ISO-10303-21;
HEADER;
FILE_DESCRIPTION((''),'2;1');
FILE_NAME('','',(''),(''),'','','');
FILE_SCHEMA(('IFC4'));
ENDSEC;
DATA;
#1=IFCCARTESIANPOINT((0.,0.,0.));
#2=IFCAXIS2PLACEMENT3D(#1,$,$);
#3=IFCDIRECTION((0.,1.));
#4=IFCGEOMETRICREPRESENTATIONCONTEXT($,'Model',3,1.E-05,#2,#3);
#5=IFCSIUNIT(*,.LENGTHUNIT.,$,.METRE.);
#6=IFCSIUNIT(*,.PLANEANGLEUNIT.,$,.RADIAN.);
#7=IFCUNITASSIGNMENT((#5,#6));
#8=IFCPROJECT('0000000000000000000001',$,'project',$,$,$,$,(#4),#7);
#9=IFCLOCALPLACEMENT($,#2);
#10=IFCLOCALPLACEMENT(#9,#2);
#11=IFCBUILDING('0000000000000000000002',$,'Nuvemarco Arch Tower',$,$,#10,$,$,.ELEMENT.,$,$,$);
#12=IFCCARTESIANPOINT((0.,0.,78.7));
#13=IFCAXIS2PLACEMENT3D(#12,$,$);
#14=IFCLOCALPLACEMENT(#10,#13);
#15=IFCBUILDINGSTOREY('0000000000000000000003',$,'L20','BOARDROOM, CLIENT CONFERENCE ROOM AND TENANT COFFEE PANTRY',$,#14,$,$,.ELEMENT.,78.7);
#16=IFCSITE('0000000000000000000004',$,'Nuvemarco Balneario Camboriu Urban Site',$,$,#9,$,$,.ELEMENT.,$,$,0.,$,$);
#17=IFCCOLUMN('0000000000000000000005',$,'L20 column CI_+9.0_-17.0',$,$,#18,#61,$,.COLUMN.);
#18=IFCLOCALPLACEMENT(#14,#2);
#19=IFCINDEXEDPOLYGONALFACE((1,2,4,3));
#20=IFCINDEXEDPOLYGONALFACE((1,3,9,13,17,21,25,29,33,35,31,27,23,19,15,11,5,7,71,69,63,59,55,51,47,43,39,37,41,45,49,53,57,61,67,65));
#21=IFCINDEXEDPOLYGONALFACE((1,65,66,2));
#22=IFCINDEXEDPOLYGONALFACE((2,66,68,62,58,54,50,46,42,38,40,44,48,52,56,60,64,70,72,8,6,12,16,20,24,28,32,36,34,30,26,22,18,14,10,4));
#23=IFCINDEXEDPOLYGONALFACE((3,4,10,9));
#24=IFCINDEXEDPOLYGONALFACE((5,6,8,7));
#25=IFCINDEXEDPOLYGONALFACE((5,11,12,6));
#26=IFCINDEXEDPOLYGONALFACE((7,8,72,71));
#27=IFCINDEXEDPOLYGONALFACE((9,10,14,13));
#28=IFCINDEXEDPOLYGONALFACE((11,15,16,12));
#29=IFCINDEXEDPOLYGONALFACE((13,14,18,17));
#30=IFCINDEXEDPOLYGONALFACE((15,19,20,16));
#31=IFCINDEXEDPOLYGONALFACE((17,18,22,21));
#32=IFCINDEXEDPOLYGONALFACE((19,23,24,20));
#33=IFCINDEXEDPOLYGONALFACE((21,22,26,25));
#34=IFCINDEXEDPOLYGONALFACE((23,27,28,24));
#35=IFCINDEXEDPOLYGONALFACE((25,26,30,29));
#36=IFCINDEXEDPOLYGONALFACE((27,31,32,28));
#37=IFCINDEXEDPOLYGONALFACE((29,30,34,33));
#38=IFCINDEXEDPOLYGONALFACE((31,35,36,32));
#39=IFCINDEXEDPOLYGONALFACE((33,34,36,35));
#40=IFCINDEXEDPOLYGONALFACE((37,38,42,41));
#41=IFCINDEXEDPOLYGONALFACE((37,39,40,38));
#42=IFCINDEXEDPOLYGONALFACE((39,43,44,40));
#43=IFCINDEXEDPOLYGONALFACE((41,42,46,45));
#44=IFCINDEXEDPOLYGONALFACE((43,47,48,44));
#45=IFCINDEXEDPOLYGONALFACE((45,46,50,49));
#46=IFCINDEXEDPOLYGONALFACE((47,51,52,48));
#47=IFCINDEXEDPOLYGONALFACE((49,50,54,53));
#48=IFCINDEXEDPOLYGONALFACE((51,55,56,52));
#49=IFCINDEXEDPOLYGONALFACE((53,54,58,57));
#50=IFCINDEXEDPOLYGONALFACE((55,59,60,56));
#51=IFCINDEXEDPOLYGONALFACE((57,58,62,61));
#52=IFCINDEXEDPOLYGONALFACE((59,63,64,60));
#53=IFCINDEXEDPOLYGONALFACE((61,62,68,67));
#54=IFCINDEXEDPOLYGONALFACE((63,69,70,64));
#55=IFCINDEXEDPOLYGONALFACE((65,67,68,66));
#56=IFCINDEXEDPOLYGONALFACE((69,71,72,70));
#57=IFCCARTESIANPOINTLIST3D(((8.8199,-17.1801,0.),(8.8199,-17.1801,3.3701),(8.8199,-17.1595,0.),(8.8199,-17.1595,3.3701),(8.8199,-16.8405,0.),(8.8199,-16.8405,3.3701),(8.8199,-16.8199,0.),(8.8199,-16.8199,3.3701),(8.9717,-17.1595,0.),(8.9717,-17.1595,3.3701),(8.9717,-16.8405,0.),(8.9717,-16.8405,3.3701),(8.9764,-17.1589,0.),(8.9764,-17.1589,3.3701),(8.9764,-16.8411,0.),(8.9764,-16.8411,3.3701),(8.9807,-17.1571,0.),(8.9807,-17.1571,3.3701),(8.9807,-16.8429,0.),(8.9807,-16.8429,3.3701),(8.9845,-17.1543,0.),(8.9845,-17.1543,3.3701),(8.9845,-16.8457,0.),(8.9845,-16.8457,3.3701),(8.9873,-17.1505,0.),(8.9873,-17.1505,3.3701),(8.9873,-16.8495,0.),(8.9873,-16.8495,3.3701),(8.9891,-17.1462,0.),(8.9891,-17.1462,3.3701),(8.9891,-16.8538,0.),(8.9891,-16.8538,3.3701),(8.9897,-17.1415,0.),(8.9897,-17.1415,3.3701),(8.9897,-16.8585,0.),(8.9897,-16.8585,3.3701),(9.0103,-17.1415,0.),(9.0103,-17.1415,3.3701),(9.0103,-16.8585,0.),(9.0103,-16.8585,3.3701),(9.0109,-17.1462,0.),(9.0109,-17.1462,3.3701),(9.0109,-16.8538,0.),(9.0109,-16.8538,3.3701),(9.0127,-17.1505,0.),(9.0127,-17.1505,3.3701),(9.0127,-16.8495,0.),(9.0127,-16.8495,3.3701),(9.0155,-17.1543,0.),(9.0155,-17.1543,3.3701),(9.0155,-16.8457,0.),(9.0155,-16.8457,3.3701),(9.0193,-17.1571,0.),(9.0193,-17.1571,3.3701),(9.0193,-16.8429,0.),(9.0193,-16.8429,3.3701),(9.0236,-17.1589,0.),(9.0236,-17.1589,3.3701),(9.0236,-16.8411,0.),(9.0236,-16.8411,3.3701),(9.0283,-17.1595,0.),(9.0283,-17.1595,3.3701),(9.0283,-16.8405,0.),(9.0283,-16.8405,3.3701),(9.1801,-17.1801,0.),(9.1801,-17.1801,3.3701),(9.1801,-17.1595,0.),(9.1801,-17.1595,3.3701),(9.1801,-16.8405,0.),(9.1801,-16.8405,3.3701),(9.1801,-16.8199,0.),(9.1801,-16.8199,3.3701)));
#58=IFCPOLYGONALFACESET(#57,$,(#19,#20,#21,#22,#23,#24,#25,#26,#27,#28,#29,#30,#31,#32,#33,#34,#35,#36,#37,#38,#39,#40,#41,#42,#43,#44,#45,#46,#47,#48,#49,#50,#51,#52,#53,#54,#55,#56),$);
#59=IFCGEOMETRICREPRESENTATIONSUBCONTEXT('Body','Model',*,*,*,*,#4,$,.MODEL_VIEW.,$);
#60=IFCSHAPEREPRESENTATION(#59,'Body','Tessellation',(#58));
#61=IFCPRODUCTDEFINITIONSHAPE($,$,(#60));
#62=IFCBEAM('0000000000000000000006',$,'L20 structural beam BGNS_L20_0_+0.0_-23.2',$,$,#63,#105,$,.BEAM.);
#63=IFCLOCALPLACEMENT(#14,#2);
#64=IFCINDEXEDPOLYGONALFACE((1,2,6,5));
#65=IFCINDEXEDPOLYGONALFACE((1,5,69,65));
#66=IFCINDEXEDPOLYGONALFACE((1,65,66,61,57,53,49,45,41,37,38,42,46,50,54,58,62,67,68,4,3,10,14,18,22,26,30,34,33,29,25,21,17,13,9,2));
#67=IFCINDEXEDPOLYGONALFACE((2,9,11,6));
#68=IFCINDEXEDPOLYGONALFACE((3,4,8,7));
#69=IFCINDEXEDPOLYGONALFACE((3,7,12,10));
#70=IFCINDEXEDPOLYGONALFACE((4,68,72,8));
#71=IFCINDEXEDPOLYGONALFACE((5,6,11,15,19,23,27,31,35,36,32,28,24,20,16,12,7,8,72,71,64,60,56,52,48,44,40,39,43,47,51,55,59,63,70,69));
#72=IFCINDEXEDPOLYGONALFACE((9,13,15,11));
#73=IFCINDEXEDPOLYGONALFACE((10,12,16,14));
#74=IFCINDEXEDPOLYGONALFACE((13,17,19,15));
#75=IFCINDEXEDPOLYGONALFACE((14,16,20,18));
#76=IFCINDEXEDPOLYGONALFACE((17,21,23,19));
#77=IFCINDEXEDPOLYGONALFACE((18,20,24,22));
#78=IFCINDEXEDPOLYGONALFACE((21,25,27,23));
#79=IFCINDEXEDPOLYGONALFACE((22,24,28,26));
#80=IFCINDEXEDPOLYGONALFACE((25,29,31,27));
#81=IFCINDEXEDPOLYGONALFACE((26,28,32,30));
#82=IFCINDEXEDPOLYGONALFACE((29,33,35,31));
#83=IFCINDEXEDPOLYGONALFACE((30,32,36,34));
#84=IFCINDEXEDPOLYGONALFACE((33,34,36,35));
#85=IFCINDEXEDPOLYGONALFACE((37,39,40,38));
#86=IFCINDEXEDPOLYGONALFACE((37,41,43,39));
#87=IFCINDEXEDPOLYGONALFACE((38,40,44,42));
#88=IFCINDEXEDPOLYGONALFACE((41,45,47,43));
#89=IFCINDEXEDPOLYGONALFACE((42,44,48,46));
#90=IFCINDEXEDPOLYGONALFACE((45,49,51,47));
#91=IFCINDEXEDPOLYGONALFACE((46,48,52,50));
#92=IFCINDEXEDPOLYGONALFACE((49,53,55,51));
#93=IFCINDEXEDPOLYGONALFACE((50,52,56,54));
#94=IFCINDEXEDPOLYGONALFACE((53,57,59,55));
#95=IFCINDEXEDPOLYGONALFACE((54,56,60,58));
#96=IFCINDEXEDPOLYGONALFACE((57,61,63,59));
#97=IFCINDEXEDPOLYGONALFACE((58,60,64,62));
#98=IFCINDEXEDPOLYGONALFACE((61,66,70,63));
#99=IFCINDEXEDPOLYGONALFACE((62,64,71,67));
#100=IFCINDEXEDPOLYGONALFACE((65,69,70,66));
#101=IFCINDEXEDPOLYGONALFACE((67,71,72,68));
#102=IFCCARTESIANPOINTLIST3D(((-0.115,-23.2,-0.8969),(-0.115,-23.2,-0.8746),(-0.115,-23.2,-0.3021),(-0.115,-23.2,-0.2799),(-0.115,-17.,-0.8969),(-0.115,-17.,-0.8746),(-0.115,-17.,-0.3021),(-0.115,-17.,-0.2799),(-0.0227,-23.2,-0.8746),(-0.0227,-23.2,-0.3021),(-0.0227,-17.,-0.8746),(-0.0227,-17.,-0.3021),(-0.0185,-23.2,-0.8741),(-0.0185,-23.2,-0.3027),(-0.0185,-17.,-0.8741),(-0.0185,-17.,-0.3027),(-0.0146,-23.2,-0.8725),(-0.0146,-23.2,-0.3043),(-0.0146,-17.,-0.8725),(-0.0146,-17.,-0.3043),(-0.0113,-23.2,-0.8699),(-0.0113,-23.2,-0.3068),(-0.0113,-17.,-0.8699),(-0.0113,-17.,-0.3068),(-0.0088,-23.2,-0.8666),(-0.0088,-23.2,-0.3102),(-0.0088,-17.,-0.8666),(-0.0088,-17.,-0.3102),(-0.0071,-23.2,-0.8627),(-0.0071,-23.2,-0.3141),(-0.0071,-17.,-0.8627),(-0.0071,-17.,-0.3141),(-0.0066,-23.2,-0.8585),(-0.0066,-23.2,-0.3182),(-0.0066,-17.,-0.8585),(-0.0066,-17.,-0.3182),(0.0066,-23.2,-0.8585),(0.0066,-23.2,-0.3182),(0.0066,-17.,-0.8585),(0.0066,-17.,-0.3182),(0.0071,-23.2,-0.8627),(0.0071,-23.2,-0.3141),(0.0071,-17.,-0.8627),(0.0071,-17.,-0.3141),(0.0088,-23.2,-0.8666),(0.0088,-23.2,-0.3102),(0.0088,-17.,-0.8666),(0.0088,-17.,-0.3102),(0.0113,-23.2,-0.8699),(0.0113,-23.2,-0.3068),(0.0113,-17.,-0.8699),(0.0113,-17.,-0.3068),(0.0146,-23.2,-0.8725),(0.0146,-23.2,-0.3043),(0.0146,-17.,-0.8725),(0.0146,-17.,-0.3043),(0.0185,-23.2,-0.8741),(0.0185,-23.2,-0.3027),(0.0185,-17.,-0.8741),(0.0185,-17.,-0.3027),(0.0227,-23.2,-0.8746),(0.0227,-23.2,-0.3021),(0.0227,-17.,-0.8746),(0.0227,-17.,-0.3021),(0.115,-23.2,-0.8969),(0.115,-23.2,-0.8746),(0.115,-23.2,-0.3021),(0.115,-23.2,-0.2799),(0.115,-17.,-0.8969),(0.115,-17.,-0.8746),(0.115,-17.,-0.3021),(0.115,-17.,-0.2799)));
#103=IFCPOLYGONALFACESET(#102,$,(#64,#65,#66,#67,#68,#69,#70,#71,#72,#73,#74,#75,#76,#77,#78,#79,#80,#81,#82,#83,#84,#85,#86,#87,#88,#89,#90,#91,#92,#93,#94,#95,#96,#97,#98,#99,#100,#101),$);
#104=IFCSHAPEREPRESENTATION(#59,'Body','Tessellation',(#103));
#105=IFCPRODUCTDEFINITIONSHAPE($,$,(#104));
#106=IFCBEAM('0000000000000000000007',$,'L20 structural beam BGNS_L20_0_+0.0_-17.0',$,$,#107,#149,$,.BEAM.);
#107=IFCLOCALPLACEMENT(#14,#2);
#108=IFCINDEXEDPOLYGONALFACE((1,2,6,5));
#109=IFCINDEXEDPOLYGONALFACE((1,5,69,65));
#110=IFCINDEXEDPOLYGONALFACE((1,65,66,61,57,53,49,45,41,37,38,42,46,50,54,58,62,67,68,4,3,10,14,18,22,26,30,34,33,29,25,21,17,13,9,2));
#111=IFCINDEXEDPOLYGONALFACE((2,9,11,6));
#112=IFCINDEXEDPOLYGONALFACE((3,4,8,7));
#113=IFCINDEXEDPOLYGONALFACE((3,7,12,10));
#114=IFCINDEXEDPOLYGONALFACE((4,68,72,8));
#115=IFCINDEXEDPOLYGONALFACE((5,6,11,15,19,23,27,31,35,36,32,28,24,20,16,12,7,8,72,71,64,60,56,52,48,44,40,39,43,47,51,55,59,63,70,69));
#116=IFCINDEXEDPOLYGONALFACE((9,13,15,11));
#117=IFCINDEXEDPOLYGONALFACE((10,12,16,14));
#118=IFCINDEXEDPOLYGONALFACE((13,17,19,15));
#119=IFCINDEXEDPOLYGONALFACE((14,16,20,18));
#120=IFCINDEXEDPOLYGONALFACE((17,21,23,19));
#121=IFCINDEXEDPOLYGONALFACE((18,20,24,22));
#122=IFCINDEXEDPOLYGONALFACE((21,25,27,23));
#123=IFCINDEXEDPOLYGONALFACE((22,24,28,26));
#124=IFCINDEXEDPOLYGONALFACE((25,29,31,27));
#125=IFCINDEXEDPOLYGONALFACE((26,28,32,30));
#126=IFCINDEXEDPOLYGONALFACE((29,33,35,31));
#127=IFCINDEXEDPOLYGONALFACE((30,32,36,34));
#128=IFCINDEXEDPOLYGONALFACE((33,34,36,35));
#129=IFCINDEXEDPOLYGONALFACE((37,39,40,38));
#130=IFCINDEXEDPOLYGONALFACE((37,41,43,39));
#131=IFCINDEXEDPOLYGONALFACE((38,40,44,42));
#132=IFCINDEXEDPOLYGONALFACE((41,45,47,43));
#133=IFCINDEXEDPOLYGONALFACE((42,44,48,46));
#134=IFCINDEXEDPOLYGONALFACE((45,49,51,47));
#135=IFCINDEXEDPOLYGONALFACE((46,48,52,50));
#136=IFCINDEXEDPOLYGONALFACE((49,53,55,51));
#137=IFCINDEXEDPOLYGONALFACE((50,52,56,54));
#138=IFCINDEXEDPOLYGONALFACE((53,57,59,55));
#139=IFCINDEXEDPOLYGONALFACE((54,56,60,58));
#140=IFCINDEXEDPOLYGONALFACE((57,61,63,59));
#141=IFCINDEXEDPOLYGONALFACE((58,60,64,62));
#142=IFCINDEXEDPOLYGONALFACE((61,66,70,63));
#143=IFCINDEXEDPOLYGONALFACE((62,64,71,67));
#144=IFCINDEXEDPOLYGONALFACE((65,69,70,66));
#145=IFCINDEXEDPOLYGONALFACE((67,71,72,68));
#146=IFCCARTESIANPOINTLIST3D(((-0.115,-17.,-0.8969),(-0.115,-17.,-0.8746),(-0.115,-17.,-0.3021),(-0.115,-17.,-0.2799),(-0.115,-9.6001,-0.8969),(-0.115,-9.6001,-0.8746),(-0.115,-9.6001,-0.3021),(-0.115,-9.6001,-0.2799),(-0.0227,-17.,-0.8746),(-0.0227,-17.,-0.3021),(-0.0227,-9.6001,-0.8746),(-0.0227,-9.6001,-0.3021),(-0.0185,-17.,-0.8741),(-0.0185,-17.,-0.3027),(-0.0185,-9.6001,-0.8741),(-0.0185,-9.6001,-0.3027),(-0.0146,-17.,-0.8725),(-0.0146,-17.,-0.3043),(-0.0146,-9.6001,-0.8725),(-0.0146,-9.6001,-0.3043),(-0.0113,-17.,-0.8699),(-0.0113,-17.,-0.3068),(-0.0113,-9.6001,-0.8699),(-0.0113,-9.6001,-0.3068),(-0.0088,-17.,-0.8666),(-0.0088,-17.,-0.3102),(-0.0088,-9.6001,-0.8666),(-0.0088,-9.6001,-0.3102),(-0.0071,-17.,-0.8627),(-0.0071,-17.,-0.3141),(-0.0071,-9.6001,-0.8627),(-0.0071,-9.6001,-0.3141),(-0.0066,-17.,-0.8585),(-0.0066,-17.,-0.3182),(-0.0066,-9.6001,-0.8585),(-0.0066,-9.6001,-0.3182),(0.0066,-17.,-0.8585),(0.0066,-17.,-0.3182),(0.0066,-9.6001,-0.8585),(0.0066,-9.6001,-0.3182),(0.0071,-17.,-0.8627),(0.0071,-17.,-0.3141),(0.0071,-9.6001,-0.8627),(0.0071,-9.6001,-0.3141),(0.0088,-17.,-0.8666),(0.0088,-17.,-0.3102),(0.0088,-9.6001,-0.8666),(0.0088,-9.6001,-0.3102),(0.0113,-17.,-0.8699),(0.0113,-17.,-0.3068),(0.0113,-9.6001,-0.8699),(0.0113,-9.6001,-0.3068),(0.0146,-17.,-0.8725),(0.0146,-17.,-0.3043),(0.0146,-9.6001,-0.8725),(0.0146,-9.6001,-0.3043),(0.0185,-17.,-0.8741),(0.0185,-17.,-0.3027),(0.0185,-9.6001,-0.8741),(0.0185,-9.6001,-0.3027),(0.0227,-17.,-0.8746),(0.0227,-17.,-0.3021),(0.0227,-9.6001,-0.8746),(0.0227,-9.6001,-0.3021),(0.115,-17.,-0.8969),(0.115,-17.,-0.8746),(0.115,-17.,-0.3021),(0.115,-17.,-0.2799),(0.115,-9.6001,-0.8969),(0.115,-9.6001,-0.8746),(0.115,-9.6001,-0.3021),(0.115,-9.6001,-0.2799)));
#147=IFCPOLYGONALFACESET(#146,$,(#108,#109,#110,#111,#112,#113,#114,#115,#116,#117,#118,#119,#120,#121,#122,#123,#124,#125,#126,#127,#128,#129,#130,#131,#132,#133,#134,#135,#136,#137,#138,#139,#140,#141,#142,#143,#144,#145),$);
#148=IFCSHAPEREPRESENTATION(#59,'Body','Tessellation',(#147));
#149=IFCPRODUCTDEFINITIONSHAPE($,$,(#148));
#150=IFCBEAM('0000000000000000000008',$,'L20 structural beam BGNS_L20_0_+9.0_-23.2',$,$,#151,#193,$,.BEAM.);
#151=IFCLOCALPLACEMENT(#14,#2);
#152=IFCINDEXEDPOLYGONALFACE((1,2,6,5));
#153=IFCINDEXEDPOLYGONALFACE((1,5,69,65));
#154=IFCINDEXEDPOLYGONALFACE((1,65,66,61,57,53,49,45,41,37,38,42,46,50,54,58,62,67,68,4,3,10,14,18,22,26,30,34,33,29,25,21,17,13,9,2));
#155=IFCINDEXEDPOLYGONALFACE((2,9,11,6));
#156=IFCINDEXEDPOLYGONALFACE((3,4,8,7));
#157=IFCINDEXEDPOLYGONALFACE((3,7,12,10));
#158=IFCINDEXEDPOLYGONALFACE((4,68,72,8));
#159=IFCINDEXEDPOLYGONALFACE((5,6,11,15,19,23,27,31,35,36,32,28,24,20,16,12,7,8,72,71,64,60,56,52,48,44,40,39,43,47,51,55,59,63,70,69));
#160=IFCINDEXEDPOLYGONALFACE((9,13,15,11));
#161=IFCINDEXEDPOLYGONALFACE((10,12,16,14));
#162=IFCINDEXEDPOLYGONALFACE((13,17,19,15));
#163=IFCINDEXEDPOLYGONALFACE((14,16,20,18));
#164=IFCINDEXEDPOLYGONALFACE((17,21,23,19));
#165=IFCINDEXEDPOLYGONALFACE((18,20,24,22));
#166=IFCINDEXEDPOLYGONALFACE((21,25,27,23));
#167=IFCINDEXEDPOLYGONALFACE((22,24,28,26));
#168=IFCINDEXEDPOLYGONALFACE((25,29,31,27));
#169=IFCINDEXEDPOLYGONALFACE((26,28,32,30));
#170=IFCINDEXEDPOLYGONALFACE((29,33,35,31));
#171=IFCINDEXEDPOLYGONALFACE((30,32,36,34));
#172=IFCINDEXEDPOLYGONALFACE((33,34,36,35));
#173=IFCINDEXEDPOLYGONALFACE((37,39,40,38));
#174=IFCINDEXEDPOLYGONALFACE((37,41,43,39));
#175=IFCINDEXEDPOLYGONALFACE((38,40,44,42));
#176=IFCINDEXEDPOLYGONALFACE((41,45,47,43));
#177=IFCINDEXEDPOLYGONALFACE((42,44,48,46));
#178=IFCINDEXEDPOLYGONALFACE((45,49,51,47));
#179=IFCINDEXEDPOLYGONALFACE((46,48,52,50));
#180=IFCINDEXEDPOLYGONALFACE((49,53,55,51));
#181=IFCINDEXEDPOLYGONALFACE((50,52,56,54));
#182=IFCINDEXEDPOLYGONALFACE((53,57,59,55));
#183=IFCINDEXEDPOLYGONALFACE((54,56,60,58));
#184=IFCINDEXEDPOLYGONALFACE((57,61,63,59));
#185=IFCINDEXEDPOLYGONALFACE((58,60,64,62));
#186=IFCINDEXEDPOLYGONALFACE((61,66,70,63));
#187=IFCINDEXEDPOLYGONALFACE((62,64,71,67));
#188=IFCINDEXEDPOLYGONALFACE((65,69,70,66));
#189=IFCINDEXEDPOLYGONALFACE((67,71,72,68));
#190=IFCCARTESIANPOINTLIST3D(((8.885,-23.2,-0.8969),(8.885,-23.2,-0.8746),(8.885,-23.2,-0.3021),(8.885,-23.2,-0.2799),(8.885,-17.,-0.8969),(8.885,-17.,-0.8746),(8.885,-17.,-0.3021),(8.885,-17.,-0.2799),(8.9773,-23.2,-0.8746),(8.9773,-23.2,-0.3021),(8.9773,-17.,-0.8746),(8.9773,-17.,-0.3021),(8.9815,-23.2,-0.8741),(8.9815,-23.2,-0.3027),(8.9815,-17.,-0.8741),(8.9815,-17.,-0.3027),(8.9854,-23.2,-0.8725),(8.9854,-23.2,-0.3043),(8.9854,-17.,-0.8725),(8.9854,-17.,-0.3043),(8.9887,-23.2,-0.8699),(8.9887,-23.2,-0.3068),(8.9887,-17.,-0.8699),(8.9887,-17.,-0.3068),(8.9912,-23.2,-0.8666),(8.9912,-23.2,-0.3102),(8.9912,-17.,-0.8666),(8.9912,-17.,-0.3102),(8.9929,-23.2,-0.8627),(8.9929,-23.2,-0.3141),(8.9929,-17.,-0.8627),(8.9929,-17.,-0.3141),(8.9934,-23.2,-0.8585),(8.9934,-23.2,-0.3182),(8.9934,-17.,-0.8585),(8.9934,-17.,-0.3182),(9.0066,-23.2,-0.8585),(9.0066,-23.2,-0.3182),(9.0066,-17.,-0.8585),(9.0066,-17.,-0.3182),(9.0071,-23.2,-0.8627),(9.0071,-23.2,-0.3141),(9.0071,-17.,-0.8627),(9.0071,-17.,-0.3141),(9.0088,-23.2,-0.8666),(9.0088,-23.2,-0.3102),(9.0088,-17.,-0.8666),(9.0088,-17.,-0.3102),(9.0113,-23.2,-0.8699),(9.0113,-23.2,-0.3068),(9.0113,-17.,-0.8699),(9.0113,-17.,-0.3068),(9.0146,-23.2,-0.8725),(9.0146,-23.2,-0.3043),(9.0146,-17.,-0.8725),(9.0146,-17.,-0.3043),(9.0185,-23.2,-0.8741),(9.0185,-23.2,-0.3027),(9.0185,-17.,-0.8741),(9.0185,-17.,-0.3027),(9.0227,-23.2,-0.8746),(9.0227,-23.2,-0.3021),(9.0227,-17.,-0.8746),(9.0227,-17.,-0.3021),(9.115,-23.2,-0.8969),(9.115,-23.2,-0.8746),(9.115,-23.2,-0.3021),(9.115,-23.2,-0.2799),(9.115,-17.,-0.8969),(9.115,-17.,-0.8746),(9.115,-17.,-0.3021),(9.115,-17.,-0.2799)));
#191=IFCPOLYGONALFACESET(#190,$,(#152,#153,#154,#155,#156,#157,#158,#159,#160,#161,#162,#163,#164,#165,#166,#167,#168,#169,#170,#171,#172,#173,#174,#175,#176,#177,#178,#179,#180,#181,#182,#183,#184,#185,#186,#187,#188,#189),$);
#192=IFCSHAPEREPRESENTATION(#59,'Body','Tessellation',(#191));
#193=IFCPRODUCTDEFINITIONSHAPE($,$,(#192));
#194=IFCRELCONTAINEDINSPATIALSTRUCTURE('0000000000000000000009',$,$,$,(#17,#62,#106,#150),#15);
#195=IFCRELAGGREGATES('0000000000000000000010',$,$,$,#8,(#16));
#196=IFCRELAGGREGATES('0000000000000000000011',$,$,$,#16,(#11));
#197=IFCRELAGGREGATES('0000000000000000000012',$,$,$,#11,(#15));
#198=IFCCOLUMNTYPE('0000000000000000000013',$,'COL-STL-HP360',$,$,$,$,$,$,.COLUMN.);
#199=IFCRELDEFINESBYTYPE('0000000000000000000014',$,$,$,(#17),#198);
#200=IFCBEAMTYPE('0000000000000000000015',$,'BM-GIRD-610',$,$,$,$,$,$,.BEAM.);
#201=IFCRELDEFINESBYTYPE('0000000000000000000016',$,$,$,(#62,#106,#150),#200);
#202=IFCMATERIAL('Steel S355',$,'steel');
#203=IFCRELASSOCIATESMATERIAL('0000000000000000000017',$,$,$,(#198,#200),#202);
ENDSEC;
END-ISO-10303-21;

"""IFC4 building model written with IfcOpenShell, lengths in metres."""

from ifc_helpers import new_model, si_unit, direction, frame, origin, origin_2d, place, context, subcontext, project, spatial, i_section, extrude, material, material_profile, profile_set, type_object, element, save


model = new_model("IFC4")

# Units and contexts
model_context = context("Model", 3, precision=1e-05, world=origin(), true_north=direction((0.0, 1.0)))
body_context = subcontext(model_context, "Body", "Model", "MODEL_VIEW")
ifc_project = project(units=[si_unit("LENGTHUNIT", "METRE"), si_unit("PLANEANGLEUNIT", "RADIAN")], contexts=[model_context])

# Site, building, storey
site_placement = place(None, origin())
site = spatial("IfcSite", under=ifc_project, at=site_placement, Name="Nuvemarco Balneario Camboriu Urban Site", CompositionType="ELEMENT", RefElevation=0.0)
building_placement = place(site_placement, origin())
building = spatial("IfcBuilding", under=site, at=building_placement, Name="Nuvemarco Arch Tower", CompositionType="ELEMENT")
storey_placement = place(building_placement, frame((0.0, 0.0, 78.7)))
storey = spatial("IfcBuildingStorey", under=building, at=storey_placement, Name="L20", Description="BOARDROOM, CLIENT CONFERENCE ROOM AND TENANT COFFEE PANTRY", CompositionType="ELEMENT", Elevation=78.7)

# Column
ifc_material_1 = material(Name="Steel S355", Category="steel")
ifc_material_profile_1 = material_profile(ifc_material_1, i_section(OverallWidth=0.3601, OverallDepth=0.3601, WebThickness=0.0205, FlangeThickness=0.0205, FilletRadius=0.0181, at=origin_2d()), Name="HP360x174")
ifc_profile_set_1 = profile_set([ifc_material_profile_1], Name="Steel S355")
column_type_1 = type_object("IfcColumnType", Name="COL-STL-HP360", PredefinedType="COLUMN", material=ifc_profile_set_1)
for number, where, z_axis, x_axis, name in (
    (1, (9.0, -17.0, 0.0), (0.0, 0.0, 1.0), (1.0, 0.0, 0.0), "L20 column CI_+9.0_-17.0"),
):
    element("IfcColumn", number, at=place(storey_placement, frame(where, z_axis=z_axis, x_axis=x_axis)), inside=storey, type_object=column_type_1, Name=name, PredefinedType="COLUMN", context=body_context, shape_type="SweptSolid", body=[
        extrude(i_section(OverallWidth=0.3601, OverallDepth=0.3601, WebThickness=0.0205, FlangeThickness=0.0205, FilletRadius=0.0181, at=origin_2d()), origin(), (0.0, 0.0, 1.0), 3.3701),
    ])

# Beams
ifc_material_profile_2 = material_profile(ifc_material_1, i_section(OverallWidth=0.23, OverallDepth=0.6169, WebThickness=0.0132, FlangeThickness=0.0222, FilletRadius=0.0161, at=origin_2d()), Name="W610x140")
ifc_profile_set_2 = profile_set([ifc_material_profile_2], Name="Steel S355")
beam_type_1 = type_object("IfcBeamType", Name="BM-GIRD-610", PredefinedType="BEAM", material=ifc_profile_set_2)
beam_1_placement = place(storey_placement, frame((0.0, -23.2, -0.5884), z_axis=(0.0, 1.0, 0.0), x_axis=(-1.0, 0.0, 0.0)))
element("IfcBeam", 2, at=beam_1_placement, inside=storey, type_object=beam_type_1, Name="L20 structural beam BGNS_L20_0_+0.0_-23.2", PredefinedType="BEAM", context=body_context, shape_type="SweptSolid", body=[
    extrude(i_section(OverallWidth=0.23, OverallDepth=0.6169, WebThickness=0.0132, FlangeThickness=0.0222, FilletRadius=0.0161, at=origin_2d()), origin(), (0.0, 0.0, 1.0), 6.2),
])
beam_2_placement = place(storey_placement, frame((0.0, -17.0, -0.5884), z_axis=(0.0, 1.0, 0.0), x_axis=(-1.0, 0.0, 0.0)))
element("IfcBeam", 3, at=beam_2_placement, inside=storey, type_object=beam_type_1, Name="L20 structural beam BGNS_L20_0_+0.0_-17.0", PredefinedType="BEAM", context=body_context, shape_type="SweptSolid", body=[
    extrude(i_section(OverallWidth=0.23, OverallDepth=0.6169, WebThickness=0.0132, FlangeThickness=0.0222, FilletRadius=0.0161, at=origin_2d()), origin(), (0.0, 0.0, 1.0), 7.3999),
])
beam_3_placement = place(storey_placement, frame((9.0, -23.2, -0.5884), z_axis=(0.0, 1.0, 0.0), x_axis=(-1.0, 0.0, 0.0)))
element("IfcBeam", 4, at=beam_3_placement, inside=storey, type_object=beam_type_1, Name="L20 structural beam BGNS_L20_0_+9.0_-23.2", PredefinedType="BEAM", context=body_context, shape_type="SweptSolid", body=[
    extrude(i_section(OverallWidth=0.23, OverallDepth=0.6169, WebThickness=0.0132, FlangeThickness=0.0222, FilletRadius=0.0161, at=origin_2d()), origin(), (0.0, 0.0, 1.0), 6.2),
])

save(model, "model.ifc")
